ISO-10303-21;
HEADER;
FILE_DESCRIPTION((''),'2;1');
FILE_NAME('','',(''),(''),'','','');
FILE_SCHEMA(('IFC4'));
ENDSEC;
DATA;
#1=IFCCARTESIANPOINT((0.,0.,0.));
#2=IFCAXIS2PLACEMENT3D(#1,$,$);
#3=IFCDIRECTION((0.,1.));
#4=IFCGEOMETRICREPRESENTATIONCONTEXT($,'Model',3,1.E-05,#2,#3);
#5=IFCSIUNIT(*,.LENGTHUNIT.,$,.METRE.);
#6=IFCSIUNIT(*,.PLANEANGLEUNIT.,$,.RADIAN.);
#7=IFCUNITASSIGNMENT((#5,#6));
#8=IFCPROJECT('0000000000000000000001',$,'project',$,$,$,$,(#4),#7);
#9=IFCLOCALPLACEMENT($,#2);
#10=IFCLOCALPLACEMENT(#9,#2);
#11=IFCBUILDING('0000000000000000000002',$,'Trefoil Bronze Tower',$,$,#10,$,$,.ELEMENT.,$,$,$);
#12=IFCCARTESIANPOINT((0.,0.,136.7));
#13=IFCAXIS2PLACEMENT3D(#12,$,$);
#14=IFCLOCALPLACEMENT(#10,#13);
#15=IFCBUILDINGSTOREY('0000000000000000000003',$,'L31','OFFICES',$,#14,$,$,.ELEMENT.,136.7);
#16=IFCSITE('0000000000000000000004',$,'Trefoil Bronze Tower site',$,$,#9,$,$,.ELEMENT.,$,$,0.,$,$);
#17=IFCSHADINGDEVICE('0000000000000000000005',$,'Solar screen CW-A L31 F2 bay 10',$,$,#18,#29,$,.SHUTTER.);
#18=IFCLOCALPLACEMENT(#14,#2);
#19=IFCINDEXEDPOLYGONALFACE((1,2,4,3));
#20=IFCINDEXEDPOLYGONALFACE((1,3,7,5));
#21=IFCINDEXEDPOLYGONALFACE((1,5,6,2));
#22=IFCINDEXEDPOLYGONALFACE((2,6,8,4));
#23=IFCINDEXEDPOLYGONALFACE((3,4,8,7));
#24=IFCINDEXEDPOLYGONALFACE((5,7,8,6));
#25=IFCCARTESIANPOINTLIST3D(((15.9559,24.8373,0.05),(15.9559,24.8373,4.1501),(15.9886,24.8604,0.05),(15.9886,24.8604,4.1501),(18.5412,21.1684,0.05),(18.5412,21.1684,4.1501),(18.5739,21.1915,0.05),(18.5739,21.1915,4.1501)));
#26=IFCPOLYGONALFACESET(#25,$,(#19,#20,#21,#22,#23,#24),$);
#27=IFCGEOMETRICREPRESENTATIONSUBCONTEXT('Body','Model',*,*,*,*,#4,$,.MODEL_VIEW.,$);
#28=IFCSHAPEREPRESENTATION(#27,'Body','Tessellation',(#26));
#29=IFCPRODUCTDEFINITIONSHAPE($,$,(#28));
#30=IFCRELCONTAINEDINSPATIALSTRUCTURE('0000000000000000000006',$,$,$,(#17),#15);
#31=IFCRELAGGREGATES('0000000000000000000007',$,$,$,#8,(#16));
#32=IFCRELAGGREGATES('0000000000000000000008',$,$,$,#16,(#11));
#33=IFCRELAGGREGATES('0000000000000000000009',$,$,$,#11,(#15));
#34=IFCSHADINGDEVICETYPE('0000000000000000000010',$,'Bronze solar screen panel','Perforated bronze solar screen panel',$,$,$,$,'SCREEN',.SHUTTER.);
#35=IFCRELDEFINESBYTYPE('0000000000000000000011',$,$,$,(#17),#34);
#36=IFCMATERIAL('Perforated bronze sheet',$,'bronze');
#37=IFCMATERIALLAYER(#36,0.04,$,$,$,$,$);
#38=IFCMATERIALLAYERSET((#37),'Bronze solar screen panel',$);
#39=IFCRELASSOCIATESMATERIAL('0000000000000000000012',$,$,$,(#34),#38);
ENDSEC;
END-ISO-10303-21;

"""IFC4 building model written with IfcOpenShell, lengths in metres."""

from ifc_helpers import new_model, si_unit, direction, frame, origin, origin_2d, place, context, subcontext, project, spatial, rectangle, extrude, material, layer, layer_set, type_object, element, save


model = new_model("IFC4")

# Units and contexts
model_context = context("Model", 3, precision=1e-05, world=origin(), true_north=direction((0.0, 1.0)))
body_context = subcontext(model_context, "Body", "Model", "MODEL_VIEW")
ifc_project = project(units=[si_unit("LENGTHUNIT", "METRE"), si_unit("PLANEANGLEUNIT", "RADIAN")], contexts=[model_context])

# Site, building, storey
site_placement = place(None, origin())
site = spatial("IfcSite", under=ifc_project, at=site_placement, Name="Trefoil Bronze Tower site", CompositionType="ELEMENT", RefElevation=0.0)
building_placement = place(site_placement, origin())
building = spatial("IfcBuilding", under=site, at=building_placement, Name="Trefoil Bronze Tower", CompositionType="ELEMENT")
storey_placement = place(building_placement, frame((0.0, 0.0, 136.7)))
storey = spatial("IfcBuildingStorey", under=building, at=storey_placement, Name="L31", Description="OFFICES", CompositionType="ELEMENT", Elevation=136.7)

# Shading device
ifc_material_1 = material(Name="Perforated bronze sheet", Category="bronze")
ifc_layer_1 = layer(ifc_material_1, 0.04)
ifc_layer_set_1 = layer_set([ifc_layer_1], Name="Bronze solar screen panel")
shading_device_type = type_object("IfcShadingDeviceType", Name="Bronze solar screen panel", Description="Perforated bronze solar screen panel", ElementType="SCREEN", PredefinedType="SHUTTER", material=ifc_layer_set_1)
shading_device_1_placement = place(storey_placement, frame((17.2649, 23.0144, 0.05), z_axis=(0.0, 0.0, 1.0), x_axis=(-0.575999, 0.81745, 0.0)))
element("IfcShadingDevice", 1, at=shading_device_1_placement, inside=storey, type_object=shading_device_type, Name="Solar screen CW-A L31 F2 bay 10", PredefinedType="SHUTTER", context=body_context, shape_type="SweptSolid", body=[
    extrude(rectangle(XDim=4.4883, YDim=0.04, at=origin_2d()), origin(), (0.0, 0.0, 1.0), 4.1001),
])

save(model, "model.ifc")
